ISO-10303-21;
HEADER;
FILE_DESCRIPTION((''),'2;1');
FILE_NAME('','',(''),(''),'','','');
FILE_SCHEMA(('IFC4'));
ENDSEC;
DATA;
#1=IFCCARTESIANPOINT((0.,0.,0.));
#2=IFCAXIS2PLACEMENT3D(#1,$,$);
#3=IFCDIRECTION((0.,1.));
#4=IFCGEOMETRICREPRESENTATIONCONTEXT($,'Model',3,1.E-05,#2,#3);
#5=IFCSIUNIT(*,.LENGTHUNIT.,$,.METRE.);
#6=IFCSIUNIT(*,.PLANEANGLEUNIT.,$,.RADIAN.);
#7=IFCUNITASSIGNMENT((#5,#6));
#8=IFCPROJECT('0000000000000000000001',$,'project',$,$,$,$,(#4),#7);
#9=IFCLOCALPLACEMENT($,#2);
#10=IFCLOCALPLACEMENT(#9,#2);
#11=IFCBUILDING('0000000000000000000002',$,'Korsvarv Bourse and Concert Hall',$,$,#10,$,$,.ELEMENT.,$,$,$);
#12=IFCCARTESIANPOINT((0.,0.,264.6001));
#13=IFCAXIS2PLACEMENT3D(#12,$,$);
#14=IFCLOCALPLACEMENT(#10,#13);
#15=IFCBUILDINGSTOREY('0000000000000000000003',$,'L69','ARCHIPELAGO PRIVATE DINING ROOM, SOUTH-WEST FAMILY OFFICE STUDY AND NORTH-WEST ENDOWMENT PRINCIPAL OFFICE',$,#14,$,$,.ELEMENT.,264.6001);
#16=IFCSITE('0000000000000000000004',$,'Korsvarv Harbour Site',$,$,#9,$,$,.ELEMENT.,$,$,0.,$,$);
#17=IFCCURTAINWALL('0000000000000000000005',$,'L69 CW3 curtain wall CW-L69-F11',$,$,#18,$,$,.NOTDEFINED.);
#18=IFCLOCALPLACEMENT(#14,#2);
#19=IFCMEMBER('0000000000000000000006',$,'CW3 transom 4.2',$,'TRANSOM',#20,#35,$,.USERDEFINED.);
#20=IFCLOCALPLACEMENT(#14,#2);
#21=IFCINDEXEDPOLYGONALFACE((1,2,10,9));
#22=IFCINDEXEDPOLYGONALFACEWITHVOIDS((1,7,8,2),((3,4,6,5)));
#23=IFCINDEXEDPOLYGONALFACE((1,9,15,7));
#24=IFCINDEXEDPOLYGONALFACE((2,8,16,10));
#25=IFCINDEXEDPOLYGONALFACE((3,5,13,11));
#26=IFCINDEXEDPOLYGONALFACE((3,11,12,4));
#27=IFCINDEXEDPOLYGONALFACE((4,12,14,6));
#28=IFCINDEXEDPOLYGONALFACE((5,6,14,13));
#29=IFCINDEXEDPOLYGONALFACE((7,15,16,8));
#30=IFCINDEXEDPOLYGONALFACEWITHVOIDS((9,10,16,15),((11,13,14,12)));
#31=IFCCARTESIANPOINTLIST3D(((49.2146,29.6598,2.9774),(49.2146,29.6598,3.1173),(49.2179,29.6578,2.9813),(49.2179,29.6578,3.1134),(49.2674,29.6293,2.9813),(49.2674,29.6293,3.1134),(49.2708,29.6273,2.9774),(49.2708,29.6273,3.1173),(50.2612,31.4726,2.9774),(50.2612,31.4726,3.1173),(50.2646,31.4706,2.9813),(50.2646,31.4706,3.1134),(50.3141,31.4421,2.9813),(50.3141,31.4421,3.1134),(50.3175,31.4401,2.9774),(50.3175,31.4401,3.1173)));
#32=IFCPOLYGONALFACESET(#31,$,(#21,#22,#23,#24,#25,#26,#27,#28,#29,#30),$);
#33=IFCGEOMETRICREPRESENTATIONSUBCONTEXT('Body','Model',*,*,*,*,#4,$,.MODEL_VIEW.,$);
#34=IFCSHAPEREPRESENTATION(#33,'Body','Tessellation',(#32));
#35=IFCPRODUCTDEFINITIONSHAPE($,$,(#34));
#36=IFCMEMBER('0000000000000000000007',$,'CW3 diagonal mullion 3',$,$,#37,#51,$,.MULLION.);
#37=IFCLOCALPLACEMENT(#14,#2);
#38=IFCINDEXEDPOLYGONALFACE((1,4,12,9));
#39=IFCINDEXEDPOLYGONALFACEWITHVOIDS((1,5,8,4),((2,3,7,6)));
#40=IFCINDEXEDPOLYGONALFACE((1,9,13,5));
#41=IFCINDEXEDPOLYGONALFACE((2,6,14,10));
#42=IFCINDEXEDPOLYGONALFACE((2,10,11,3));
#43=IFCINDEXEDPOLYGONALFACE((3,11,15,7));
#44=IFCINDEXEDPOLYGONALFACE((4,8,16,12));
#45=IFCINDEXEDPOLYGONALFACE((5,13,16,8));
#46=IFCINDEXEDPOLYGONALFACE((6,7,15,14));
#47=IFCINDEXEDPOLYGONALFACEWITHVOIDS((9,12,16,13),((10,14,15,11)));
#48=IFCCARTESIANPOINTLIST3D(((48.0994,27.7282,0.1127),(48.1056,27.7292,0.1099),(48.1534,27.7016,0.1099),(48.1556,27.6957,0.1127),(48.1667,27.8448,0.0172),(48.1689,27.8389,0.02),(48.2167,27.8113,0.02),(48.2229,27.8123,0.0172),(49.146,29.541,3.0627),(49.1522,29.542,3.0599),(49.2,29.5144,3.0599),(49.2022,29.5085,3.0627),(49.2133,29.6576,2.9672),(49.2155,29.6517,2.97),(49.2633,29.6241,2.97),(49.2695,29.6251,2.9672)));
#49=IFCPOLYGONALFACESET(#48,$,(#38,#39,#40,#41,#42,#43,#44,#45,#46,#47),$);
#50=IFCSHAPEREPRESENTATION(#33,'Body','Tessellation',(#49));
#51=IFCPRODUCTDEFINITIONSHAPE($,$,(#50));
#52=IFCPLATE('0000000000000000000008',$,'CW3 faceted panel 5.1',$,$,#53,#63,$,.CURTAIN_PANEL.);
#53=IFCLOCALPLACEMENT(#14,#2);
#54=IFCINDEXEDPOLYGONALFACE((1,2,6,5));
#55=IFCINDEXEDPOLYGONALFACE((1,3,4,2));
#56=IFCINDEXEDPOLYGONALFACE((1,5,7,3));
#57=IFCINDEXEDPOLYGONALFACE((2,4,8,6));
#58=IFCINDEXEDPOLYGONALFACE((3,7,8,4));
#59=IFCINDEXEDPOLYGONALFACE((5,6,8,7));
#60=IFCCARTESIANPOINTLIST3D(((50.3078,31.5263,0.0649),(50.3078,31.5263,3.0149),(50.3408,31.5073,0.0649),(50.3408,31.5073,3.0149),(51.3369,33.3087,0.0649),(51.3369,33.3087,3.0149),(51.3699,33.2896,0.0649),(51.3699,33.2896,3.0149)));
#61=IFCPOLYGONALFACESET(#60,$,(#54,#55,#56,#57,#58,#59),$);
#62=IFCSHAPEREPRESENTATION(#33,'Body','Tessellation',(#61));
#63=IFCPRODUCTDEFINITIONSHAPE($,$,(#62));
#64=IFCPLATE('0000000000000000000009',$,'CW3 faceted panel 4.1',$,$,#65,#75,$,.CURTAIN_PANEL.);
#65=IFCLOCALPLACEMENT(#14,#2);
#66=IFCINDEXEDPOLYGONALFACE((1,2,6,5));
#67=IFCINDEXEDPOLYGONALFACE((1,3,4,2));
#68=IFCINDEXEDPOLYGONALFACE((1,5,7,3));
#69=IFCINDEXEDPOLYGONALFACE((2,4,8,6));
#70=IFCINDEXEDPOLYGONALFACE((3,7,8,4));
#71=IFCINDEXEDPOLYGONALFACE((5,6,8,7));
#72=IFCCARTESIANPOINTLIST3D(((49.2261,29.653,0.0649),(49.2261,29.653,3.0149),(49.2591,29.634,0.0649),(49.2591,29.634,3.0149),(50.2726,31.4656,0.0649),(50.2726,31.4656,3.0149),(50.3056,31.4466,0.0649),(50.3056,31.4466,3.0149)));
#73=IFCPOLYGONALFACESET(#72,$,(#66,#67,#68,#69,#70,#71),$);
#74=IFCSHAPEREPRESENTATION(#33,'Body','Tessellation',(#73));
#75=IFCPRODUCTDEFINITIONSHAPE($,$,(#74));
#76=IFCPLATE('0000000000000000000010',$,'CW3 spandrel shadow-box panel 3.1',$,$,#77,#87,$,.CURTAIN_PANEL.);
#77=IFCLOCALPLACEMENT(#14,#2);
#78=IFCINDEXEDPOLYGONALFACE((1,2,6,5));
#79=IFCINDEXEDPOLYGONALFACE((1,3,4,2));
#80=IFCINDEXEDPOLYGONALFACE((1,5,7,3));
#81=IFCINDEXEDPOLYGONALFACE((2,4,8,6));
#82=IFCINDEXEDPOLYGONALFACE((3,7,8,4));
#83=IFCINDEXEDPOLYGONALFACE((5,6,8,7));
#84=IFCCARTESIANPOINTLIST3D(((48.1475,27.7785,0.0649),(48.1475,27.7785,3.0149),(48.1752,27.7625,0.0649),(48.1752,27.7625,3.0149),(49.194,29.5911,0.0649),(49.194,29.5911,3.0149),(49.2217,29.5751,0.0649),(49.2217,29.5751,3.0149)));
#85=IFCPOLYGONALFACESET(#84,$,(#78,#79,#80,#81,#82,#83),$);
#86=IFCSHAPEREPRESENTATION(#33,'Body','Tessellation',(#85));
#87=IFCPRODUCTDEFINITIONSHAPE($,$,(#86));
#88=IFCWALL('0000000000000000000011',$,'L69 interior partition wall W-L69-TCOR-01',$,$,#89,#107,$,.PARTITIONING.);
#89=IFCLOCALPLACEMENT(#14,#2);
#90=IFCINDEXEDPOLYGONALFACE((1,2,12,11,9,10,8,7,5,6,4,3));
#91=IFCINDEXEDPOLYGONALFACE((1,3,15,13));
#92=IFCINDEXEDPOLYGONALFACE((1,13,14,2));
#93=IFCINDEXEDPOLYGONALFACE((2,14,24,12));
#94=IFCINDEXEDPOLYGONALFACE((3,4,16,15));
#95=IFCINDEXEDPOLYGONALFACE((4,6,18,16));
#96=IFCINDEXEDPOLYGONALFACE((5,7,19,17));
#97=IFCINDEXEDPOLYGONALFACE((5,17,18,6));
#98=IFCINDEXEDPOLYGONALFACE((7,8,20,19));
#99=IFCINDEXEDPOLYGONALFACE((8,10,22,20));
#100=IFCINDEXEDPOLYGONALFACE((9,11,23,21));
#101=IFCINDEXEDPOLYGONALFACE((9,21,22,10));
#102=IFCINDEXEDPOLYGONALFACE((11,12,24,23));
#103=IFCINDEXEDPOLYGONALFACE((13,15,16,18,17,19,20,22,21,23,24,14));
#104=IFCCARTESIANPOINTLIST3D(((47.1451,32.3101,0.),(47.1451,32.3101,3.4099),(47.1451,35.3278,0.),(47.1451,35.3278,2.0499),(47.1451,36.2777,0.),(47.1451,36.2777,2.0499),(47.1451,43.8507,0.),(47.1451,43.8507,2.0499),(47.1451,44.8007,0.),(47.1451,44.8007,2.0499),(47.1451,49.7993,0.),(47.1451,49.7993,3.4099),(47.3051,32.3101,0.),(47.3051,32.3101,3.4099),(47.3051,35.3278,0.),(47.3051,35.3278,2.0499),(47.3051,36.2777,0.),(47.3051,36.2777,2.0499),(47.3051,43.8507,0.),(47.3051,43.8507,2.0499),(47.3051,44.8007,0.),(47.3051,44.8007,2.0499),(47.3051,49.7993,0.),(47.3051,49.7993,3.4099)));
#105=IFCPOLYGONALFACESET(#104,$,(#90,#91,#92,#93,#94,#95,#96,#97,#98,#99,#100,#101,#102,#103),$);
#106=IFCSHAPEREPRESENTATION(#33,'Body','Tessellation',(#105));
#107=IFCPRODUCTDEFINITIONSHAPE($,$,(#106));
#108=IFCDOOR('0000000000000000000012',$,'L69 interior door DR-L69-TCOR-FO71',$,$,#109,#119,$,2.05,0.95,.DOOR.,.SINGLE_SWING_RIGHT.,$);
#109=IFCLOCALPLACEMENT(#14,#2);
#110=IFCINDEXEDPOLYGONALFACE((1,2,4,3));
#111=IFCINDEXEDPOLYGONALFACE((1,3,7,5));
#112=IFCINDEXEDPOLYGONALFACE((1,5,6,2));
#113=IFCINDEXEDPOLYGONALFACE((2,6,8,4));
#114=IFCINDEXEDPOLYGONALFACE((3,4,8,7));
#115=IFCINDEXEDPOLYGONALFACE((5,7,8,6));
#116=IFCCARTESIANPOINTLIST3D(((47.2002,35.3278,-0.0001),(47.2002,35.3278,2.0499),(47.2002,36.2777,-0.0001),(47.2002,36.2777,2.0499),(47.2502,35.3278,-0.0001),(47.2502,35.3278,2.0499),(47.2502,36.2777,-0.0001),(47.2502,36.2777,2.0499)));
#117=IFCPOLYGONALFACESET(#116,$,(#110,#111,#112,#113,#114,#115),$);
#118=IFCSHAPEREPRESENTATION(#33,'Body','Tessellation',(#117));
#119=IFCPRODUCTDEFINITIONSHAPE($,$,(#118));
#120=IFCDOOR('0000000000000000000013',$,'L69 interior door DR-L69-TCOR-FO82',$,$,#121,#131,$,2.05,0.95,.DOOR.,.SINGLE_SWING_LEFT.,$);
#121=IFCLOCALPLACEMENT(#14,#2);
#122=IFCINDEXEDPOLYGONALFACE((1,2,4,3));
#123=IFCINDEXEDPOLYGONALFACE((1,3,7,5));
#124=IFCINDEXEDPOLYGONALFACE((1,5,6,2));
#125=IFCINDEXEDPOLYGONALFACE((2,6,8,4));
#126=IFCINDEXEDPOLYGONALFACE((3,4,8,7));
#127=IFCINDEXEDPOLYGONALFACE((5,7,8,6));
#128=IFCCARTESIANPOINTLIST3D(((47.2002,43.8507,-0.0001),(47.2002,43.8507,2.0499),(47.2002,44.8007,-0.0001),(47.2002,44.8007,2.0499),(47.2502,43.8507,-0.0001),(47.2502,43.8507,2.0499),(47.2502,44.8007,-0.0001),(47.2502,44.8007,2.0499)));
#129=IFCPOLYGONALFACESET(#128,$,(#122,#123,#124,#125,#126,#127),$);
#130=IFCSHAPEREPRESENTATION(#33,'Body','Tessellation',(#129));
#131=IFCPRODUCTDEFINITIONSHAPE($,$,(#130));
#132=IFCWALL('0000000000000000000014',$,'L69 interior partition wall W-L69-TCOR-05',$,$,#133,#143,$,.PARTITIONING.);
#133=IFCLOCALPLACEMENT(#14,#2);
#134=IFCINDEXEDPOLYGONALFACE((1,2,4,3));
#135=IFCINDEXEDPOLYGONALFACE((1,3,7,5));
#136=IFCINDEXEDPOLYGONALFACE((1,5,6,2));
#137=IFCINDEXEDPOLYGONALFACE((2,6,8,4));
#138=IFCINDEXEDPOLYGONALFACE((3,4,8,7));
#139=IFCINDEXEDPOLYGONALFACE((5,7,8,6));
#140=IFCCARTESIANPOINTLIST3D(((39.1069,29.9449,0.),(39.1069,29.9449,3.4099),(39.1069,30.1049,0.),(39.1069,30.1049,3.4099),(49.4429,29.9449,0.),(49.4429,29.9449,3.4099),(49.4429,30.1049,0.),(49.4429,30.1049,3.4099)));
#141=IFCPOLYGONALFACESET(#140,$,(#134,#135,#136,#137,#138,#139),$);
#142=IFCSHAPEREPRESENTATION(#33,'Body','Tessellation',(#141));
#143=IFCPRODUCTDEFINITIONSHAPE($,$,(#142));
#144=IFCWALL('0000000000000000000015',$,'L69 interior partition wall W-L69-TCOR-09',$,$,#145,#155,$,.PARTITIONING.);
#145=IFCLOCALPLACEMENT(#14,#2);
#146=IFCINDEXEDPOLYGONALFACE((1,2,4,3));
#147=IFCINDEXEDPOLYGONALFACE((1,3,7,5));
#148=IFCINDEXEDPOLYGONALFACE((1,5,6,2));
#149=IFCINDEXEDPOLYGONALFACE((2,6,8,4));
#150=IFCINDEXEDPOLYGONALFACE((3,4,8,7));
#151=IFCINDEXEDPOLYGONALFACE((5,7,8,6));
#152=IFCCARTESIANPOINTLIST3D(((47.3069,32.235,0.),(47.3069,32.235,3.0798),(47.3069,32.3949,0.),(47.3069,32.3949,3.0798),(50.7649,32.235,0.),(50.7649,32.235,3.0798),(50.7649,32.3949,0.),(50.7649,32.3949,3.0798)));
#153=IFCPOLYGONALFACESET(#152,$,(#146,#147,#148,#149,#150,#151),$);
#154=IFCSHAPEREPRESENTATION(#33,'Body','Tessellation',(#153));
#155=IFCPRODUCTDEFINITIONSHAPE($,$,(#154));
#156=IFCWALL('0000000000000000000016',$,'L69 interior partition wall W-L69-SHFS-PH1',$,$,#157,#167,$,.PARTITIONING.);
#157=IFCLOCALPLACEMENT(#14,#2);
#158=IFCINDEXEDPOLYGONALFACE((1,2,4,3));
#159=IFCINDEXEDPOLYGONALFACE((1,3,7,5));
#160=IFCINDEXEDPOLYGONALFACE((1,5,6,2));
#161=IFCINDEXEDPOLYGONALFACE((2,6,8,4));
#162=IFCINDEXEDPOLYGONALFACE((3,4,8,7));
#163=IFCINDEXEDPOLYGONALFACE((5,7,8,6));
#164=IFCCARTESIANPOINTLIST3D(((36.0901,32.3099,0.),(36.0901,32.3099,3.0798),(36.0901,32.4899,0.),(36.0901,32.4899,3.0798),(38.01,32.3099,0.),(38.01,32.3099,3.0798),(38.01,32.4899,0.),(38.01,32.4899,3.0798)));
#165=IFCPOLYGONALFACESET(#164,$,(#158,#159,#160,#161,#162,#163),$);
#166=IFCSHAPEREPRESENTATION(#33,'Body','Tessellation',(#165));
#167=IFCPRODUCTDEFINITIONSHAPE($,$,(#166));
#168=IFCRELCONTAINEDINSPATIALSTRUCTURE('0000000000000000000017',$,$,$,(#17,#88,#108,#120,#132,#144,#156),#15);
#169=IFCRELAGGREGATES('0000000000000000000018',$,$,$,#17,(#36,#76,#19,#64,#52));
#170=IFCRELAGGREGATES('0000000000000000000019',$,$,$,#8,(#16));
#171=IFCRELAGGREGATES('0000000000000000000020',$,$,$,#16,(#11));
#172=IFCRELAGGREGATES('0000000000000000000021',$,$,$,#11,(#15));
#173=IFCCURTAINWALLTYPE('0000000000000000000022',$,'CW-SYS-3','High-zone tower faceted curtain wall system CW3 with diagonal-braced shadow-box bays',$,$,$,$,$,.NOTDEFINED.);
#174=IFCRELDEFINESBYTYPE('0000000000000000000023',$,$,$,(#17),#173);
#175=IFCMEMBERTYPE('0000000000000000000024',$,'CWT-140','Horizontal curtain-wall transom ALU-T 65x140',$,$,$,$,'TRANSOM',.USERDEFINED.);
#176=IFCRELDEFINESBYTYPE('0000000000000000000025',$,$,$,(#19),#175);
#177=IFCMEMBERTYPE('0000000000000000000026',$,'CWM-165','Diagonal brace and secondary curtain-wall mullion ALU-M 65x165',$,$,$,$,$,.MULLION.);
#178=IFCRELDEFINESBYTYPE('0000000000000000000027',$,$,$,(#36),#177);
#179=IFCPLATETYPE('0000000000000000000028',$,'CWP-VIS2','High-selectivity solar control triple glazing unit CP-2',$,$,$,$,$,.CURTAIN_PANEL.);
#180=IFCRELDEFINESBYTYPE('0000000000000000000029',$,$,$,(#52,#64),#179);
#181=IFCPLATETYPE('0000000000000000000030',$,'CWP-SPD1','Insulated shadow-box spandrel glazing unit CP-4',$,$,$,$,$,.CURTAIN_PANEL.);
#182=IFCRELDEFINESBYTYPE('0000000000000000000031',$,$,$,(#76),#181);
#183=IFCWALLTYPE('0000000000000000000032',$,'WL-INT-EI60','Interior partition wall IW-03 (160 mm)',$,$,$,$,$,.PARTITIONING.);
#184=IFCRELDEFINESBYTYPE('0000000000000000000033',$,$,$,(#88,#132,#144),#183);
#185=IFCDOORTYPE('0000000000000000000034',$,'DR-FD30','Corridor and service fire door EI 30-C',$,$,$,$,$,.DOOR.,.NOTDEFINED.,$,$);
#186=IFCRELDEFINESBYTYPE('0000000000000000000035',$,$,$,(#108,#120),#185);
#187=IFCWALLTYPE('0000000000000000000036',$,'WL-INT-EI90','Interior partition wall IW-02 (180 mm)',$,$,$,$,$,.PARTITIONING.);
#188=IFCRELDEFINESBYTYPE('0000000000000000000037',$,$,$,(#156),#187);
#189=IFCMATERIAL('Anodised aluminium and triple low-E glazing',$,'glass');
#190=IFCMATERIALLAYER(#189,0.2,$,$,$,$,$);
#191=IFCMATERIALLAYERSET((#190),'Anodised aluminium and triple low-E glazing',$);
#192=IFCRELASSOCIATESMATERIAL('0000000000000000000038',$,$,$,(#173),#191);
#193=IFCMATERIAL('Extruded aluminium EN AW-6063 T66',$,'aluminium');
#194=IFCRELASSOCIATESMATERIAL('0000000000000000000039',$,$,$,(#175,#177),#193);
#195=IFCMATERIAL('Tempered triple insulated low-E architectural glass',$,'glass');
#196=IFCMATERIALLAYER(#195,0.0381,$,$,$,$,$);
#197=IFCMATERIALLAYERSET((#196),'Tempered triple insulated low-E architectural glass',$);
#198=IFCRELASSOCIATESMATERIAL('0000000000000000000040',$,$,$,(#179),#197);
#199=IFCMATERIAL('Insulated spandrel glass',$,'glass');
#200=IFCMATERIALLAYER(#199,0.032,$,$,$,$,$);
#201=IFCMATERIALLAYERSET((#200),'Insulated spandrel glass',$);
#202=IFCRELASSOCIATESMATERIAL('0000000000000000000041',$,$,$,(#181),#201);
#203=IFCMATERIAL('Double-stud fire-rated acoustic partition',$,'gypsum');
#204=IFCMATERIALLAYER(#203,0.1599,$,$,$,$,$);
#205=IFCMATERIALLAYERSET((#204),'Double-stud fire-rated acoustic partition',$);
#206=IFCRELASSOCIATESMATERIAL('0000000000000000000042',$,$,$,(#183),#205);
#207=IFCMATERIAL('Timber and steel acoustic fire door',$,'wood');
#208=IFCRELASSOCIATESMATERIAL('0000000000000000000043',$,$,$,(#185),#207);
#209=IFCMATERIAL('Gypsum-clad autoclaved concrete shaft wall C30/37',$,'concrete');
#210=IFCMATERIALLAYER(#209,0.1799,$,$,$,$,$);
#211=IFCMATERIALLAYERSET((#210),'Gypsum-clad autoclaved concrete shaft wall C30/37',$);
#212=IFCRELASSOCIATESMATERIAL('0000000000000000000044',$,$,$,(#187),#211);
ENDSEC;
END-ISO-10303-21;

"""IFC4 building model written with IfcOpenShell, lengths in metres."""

from ifc_helpers import new_model, si_unit, direction, frame, frame_2d, origin, origin_2d, place, context, subcontext, project, spatial, rectangle, hollow_rectangle, extrude, source, transform, mapped, material, layer, layer_set, material_profile, profile_set, type_object, element, fill, aggregate, save


model = new_model("IFC4")

# Units and contexts
model_context = context("Model", 3, precision=1e-05, world=origin(), true_north=direction((0.0, 1.0)))
body_context = subcontext(model_context, "Body", "Model", "MODEL_VIEW")
ifc_project = project(units=[si_unit("LENGTHUNIT", "METRE"), si_unit("PLANEANGLEUNIT", "RADIAN")], contexts=[model_context])

# Site, building, storey
site_placement = place(None, origin())
site = spatial("IfcSite", under=ifc_project, at=site_placement, Name="Korsvarv Harbour Site", CompositionType="ELEMENT", RefElevation=0.0)
building_placement = place(site_placement, origin())
building = spatial("IfcBuilding", under=site, at=building_placement, Name="Korsvarv Bourse and Concert Hall", CompositionType="ELEMENT")
storey_placement = place(building_placement, frame((0.0, 0.0, 264.6001)))
storey = spatial("IfcBuildingStorey", under=building, at=storey_placement, Name="L69", Description="ARCHIPELAGO PRIVATE DINING ROOM, SOUTH-WEST FAMILY OFFICE STUDY AND NORTH-WEST ENDOWMENT PRINCIPAL OFFICE", CompositionType="ELEMENT", Elevation=264.6001)

# Curtain wall, members, plates
ifc_material_1 = material(Name="Anodised aluminium and triple low-E glazing", Category="glass")
ifc_layer_1 = layer(ifc_material_1, 0.2)
ifc_layer_set_1 = layer_set([ifc_layer_1], Name="Anodised aluminium and triple low-E glazing")
curtain_wall_type = type_object("IfcCurtainWallType", Name="CW-SYS-3", Description="High-zone tower faceted curtain wall system CW3 with diagonal-braced shadow-box bays", PredefinedType="NOTDEFINED", material=ifc_layer_set_1)
curtain_wall_placement = place(storey_placement, origin())
curtain_wall = element("IfcCurtainWall", 1, at=curtain_wall_placement, inside=storey, type_object=curtain_wall_type, Name="L69 CW3 curtain wall CW-L69-F11", PredefinedType="NOTDEFINED")
ifc_material_2 = material(Name="Extruded aluminium EN AW-6063 T66", Category="aluminium")
ifc_material_profile_1 = material_profile(ifc_material_2, hollow_rectangle(XDim=0.0649, YDim=0.1399, WallThickness=0.0039, at=origin_2d()), Name="ALU-T 65x140")
ifc_profile_set_1 = profile_set([ifc_material_profile_1], Name="Extruded aluminium EN AW-6063 T66")
member_type_1 = type_object("IfcMemberType", Name="CWT-140", Description="Horizontal curtain-wall transom ALU-T 65x140", ElementType="TRANSOM", PredefinedType="USERDEFINED", material=ifc_profile_set_1)
shared_shape_1 = source(origin(), body_context, "Body", "SweptSolid", [
    extrude(hollow_rectangle(XDim=0.0649, YDim=0.1399, WallThickness=0.0039, at=origin_2d()), origin(), (0.0, 0.0, 1.0), 2.0933),
])
member_1_placement = place(storey_placement, frame((49.2427, 29.6436, 3.0474), z_axis=(0.500015, 0.866017, 0.0), x_axis=(-0.866017, 0.500015, 0.0)))
member_1 = element("IfcMember", 2, at=member_1_placement, type_object=member_type_1, Name="CW3 transom 4.2", ObjectType="TRANSOM", PredefinedType="USERDEFINED", context=body_context, shape_type="MappedRepresentation", body=[
    mapped(shared_shape_1, transform((0.0, 0.0, 0.0), scale=1.0)),
])
ifc_material_profile_2 = material_profile(ifc_material_2, hollow_rectangle(XDim=0.0649, YDim=0.165, WallThickness=0.0049, at=origin_2d()), Name="ALU-M 65x165")
ifc_profile_set_2 = profile_set([ifc_material_profile_2], Name="Extruded aluminium EN AW-6063 T66")
member_type_2 = type_object("IfcMemberType", Name="CWM-165", Description="Diagonal brace and secondary curtain-wall mullion ALU-M 65x165", PredefinedType="MULLION", material=ifc_profile_set_2)
shared_shape_2 = source(origin(), body_context, "Body", "SweptSolid", [
    extrude(hollow_rectangle(XDim=0.0649, YDim=0.165, WallThickness=0.0049, at=origin_2d()), origin(), (0.0, 0.0, 1.0), 3.6172),
])
member_2_placement = place(storey_placement, frame((48.1611, 27.7703, 0.0649), z_axis=(0.289353, 0.501154, 0.815548), x_axis=(-0.866017, 0.500015, 0.0)))
member_2 = element("IfcMember", 3, at=member_2_placement, type_object=member_type_2, Name="CW3 diagonal mullion 3", PredefinedType="MULLION", context=body_context, shape_type="MappedRepresentation", body=[
    mapped(shared_shape_2, transform((0.0, 0.0, 0.0), scale=1.0)),
])
ifc_material_3 = material(Name="Tempered triple insulated low-E architectural glass", Category="glass")
ifc_layer_2 = layer(ifc_material_3, 0.0381)
ifc_layer_set_2 = layer_set([ifc_layer_2], Name="Tempered triple insulated low-E architectural glass")
plate_type_1 = type_object("IfcPlateType", Name="CWP-VIS2", Description="High-selectivity solar control triple glazing unit CP-2", PredefinedType="CURTAIN_PANEL", material=ifc_layer_set_2)
shared_shape_3 = source(origin(), body_context, "Body", "SweptSolid", [
    extrude(rectangle(XDim=2.0581, YDim=0.0381, at=origin_2d()), origin(), (0.0, 0.0, 1.0), 2.95),
])
plate_1_placement = place(storey_placement, frame((50.8389, 32.408, 0.0649), z_axis=(0.0, 0.0, 1.0), x_axis=(0.500004, 0.866023, 0.0)))
plate_1 = element("IfcPlate", 4, at=plate_1_placement, type_object=plate_type_1, Name="CW3 faceted panel 5.1", PredefinedType="CURTAIN_PANEL", context=body_context, shape_type="MappedRepresentation", body=[
    mapped(shared_shape_3, transform((0.0, 0.0, 0.0), scale=1.0)),
])
shared_shape_4 = source(origin(), body_context, "Body", "SweptSolid", [
    extrude(rectangle(XDim=2.093, YDim=0.0381, at=origin_2d()), origin(), (0.0, 0.0, 1.0), 2.95),
])
plate_2_placement = place(storey_placement, frame((49.7659, 30.5498, 0.0649), z_axis=(0.0, 0.0, 1.0), x_axis=(0.500004, 0.866023, 0.0)))
plate_2 = element("IfcPlate", 5, at=plate_2_placement, type_object=plate_type_1, Name="CW3 faceted panel 4.1", PredefinedType="CURTAIN_PANEL", context=body_context, shape_type="MappedRepresentation", body=[
    mapped(shared_shape_4, transform((0.0, 0.0, 0.0), scale=1.0)),
])
ifc_material_4 = material(Name="Insulated spandrel glass", Category="glass")
ifc_layer_3 = layer(ifc_material_4, 0.032)
ifc_layer_set_3 = layer_set([ifc_layer_3], Name="Insulated spandrel glass")
plate_type_2 = type_object("IfcPlateType", Name="CWP-SPD1", Description="Insulated shadow-box spandrel glazing unit CP-4", PredefinedType="CURTAIN_PANEL", material=ifc_layer_set_3)
shared_shape_5 = source(origin(), body_context, "Body", "SweptSolid", [
    extrude(rectangle(XDim=2.093, YDim=0.032, at=origin_2d()), origin(), (0.0, 0.0, 1.0), 2.95),
])
plate_3_placement = place(storey_placement, frame((48.6846, 28.6768, 0.0649), z_axis=(0.0, 0.0, 1.0), x_axis=(0.500004, 0.866023, 0.0)))
plate_3 = element("IfcPlate", 6, at=plate_3_placement, type_object=plate_type_2, Name="CW3 spandrel shadow-box panel 3.1", PredefinedType="CURTAIN_PANEL", context=body_context, shape_type="MappedRepresentation", body=[
    mapped(shared_shape_5, transform((0.0, 0.0, 0.0), scale=1.0)),
])
aggregate(curtain_wall, [member_2, plate_3, member_1, plate_2, plate_1])

# Wall, openings, doors
ifc_material_5 = material(Name="Double-stud fire-rated acoustic partition", Category="gypsum")
ifc_layer_4 = layer(ifc_material_5, 0.1599)
ifc_layer_set_4 = layer_set([ifc_layer_4], Name="Double-stud fire-rated acoustic partition")
wall_type_1 = type_object("IfcWallType", Name="WL-INT-EI60", Description="Interior partition wall IW-03 (160 mm)", PredefinedType="PARTITIONING", material=ifc_layer_set_4)
wall_1_placement = place(storey_placement, frame((47.2251, 32.3101, 0.0), z_axis=(0.0, 0.0, 1.0), x_axis=(0.0, 1.0, 0.0)))
wall_1 = element("IfcWall", 7, at=wall_1_placement, inside=storey, type_object=wall_type_1, Name="L69 interior partition wall W-L69-TCOR-01", PredefinedType="PARTITIONING", context=body_context, shape_type="SweptSolid", body=[
    extrude(rectangle(XDim=17.4893, YDim=0.1599, at=frame_2d((8.7446, 0.0))), origin(), (0.0, 0.0, 1.0), 3.4099),
])
opening_1_placement = place(wall_1_placement, frame((3.0176, 0.0, 0.0)))
opening_1 = element("IfcOpeningElement", 8, at=opening_1_placement, cuts=wall_1, PredefinedType="OPENING", context=body_context, shape_type="SweptSolid", body=[
    extrude(rectangle(XDim=0.95, YDim=2.05, at=frame_2d((0.4751, 1.0249))), frame((0.0, 0.0898, 0.0), z_axis=(0.0, -1.0, 0.0), x_axis=(1.0, 0.0, 0.0)), (0.0, 0.0, 1.0), 0.1799),
])
opening_2_placement = place(wall_1_placement, frame((11.5405, 0.0, 0.0)))
opening_2 = element("IfcOpeningElement", 9, at=opening_2_placement, cuts=wall_1, PredefinedType="OPENING", context=body_context, shape_type="SweptSolid", body=[
    extrude(rectangle(XDim=0.95, YDim=2.05, at=frame_2d((0.4751, 1.0249))), frame((0.0, 0.0898, 0.0), z_axis=(0.0, -1.0, 0.0), x_axis=(1.0, 0.0, 0.0)), (0.0, 0.0, 1.0), 0.1799),
])
ifc_material_6 = material(Name="Timber and steel acoustic fire door", Category="wood")
door_type = type_object("IfcDoorType", Name="DR-FD30", Description="Corridor and service fire door EI 30-C", OperationType="NOTDEFINED", PredefinedType="DOOR", material=ifc_material_6)
door_1_placement = place(opening_1_placement, origin())
door_1 = element("IfcDoor", 10, at=door_1_placement, inside=storey, type_object=door_type, Name="L69 interior door DR-L69-TCOR-FO71", OperationType="SINGLE_SWING_RIGHT", OverallHeight=2.05, OverallWidth=0.95, PredefinedType="DOOR", context=body_context, shape_type="SweptSolid", body=[
    extrude(rectangle(XDim=0.95, YDim=2.05, at=frame_2d((0.4751, 1.0249))), frame((0.0, 0.0249, 0.0), z_axis=(0.0, -1.0, 0.0), x_axis=(1.0, 0.0, 0.0)), (0.0, 0.0, 1.0), 0.05),
])
fill(opening_1, door_1)
door_2_placement = place(opening_2_placement, origin())
door_2 = element("IfcDoor", 11, at=door_2_placement, inside=storey, type_object=door_type, Name="L69 interior door DR-L69-TCOR-FO82", OperationType="SINGLE_SWING_LEFT", OverallHeight=2.05, OverallWidth=0.95, PredefinedType="DOOR", context=body_context, shape_type="SweptSolid", body=[
    extrude(rectangle(XDim=0.95, YDim=2.05, at=frame_2d((0.4751, 1.0249))), frame((0.0, 0.0249, 0.0), z_axis=(0.0, -1.0, 0.0), x_axis=(1.0, 0.0, 0.0)), (0.0, 0.0, 1.0), 0.05),
])
fill(opening_2, door_2)

# Walls
wall_2_placement = place(storey_placement, frame((39.1069, 30.0249, 0.0), z_axis=(0.0, 0.0, 1.0), x_axis=(1.0, 0.0, 0.0)))
element("IfcWall", 12, at=wall_2_placement, inside=storey, type_object=wall_type_1, Name="L69 interior partition wall W-L69-TCOR-05", PredefinedType="PARTITIONING", context=body_context, shape_type="SweptSolid", body=[
    extrude(rectangle(XDim=10.3359, YDim=0.1599, at=frame_2d((5.168, 0.0))), origin(), (0.0, 0.0, 1.0), 3.4099),
])
wall_3_placement = place(storey_placement, frame((47.3069, 32.3149, 0.0), z_axis=(0.0, 0.0, 1.0), x_axis=(1.0, 0.0, 0.0)))
element("IfcWall", 13, at=wall_3_placement, inside=storey, type_object=wall_type_1, Name="L69 interior partition wall W-L69-TCOR-09", PredefinedType="PARTITIONING", context=body_context, shape_type="SweptSolid", body=[
    extrude(rectangle(XDim=3.458, YDim=0.1599, at=frame_2d((1.729, 0.0))), origin(), (0.0, 0.0, 1.0), 3.0798),
])
ifc_material_7 = material(Name="Gypsum-clad autoclaved concrete shaft wall C30/37", Category="concrete")
ifc_layer_5 = layer(ifc_material_7, 0.1799)
ifc_layer_set_5 = layer_set([ifc_layer_5], Name="Gypsum-clad autoclaved concrete shaft wall C30/37")
wall_type_2 = type_object("IfcWallType", Name="WL-INT-EI90", Description="Interior partition wall IW-02 (180 mm)", PredefinedType="PARTITIONING", material=ifc_layer_set_5)
wall_4_placement = place(storey_placement, frame((36.0901, 32.3999, 0.0), z_axis=(0.0, 0.0, 1.0), x_axis=(1.0, 0.0, 0.0)))
element("IfcWall", 14, at=wall_4_placement, inside=storey, type_object=wall_type_2, Name="L69 interior partition wall W-L69-SHFS-PH1", PredefinedType="PARTITIONING", context=body_context, shape_type="SweptSolid", body=[
    extrude(rectangle(XDim=1.9199, YDim=0.1799, at=frame_2d((0.96, 0.0))), origin(), (0.0, 0.0, 1.0), 3.0798),
])

save(model, "model.ifc")
